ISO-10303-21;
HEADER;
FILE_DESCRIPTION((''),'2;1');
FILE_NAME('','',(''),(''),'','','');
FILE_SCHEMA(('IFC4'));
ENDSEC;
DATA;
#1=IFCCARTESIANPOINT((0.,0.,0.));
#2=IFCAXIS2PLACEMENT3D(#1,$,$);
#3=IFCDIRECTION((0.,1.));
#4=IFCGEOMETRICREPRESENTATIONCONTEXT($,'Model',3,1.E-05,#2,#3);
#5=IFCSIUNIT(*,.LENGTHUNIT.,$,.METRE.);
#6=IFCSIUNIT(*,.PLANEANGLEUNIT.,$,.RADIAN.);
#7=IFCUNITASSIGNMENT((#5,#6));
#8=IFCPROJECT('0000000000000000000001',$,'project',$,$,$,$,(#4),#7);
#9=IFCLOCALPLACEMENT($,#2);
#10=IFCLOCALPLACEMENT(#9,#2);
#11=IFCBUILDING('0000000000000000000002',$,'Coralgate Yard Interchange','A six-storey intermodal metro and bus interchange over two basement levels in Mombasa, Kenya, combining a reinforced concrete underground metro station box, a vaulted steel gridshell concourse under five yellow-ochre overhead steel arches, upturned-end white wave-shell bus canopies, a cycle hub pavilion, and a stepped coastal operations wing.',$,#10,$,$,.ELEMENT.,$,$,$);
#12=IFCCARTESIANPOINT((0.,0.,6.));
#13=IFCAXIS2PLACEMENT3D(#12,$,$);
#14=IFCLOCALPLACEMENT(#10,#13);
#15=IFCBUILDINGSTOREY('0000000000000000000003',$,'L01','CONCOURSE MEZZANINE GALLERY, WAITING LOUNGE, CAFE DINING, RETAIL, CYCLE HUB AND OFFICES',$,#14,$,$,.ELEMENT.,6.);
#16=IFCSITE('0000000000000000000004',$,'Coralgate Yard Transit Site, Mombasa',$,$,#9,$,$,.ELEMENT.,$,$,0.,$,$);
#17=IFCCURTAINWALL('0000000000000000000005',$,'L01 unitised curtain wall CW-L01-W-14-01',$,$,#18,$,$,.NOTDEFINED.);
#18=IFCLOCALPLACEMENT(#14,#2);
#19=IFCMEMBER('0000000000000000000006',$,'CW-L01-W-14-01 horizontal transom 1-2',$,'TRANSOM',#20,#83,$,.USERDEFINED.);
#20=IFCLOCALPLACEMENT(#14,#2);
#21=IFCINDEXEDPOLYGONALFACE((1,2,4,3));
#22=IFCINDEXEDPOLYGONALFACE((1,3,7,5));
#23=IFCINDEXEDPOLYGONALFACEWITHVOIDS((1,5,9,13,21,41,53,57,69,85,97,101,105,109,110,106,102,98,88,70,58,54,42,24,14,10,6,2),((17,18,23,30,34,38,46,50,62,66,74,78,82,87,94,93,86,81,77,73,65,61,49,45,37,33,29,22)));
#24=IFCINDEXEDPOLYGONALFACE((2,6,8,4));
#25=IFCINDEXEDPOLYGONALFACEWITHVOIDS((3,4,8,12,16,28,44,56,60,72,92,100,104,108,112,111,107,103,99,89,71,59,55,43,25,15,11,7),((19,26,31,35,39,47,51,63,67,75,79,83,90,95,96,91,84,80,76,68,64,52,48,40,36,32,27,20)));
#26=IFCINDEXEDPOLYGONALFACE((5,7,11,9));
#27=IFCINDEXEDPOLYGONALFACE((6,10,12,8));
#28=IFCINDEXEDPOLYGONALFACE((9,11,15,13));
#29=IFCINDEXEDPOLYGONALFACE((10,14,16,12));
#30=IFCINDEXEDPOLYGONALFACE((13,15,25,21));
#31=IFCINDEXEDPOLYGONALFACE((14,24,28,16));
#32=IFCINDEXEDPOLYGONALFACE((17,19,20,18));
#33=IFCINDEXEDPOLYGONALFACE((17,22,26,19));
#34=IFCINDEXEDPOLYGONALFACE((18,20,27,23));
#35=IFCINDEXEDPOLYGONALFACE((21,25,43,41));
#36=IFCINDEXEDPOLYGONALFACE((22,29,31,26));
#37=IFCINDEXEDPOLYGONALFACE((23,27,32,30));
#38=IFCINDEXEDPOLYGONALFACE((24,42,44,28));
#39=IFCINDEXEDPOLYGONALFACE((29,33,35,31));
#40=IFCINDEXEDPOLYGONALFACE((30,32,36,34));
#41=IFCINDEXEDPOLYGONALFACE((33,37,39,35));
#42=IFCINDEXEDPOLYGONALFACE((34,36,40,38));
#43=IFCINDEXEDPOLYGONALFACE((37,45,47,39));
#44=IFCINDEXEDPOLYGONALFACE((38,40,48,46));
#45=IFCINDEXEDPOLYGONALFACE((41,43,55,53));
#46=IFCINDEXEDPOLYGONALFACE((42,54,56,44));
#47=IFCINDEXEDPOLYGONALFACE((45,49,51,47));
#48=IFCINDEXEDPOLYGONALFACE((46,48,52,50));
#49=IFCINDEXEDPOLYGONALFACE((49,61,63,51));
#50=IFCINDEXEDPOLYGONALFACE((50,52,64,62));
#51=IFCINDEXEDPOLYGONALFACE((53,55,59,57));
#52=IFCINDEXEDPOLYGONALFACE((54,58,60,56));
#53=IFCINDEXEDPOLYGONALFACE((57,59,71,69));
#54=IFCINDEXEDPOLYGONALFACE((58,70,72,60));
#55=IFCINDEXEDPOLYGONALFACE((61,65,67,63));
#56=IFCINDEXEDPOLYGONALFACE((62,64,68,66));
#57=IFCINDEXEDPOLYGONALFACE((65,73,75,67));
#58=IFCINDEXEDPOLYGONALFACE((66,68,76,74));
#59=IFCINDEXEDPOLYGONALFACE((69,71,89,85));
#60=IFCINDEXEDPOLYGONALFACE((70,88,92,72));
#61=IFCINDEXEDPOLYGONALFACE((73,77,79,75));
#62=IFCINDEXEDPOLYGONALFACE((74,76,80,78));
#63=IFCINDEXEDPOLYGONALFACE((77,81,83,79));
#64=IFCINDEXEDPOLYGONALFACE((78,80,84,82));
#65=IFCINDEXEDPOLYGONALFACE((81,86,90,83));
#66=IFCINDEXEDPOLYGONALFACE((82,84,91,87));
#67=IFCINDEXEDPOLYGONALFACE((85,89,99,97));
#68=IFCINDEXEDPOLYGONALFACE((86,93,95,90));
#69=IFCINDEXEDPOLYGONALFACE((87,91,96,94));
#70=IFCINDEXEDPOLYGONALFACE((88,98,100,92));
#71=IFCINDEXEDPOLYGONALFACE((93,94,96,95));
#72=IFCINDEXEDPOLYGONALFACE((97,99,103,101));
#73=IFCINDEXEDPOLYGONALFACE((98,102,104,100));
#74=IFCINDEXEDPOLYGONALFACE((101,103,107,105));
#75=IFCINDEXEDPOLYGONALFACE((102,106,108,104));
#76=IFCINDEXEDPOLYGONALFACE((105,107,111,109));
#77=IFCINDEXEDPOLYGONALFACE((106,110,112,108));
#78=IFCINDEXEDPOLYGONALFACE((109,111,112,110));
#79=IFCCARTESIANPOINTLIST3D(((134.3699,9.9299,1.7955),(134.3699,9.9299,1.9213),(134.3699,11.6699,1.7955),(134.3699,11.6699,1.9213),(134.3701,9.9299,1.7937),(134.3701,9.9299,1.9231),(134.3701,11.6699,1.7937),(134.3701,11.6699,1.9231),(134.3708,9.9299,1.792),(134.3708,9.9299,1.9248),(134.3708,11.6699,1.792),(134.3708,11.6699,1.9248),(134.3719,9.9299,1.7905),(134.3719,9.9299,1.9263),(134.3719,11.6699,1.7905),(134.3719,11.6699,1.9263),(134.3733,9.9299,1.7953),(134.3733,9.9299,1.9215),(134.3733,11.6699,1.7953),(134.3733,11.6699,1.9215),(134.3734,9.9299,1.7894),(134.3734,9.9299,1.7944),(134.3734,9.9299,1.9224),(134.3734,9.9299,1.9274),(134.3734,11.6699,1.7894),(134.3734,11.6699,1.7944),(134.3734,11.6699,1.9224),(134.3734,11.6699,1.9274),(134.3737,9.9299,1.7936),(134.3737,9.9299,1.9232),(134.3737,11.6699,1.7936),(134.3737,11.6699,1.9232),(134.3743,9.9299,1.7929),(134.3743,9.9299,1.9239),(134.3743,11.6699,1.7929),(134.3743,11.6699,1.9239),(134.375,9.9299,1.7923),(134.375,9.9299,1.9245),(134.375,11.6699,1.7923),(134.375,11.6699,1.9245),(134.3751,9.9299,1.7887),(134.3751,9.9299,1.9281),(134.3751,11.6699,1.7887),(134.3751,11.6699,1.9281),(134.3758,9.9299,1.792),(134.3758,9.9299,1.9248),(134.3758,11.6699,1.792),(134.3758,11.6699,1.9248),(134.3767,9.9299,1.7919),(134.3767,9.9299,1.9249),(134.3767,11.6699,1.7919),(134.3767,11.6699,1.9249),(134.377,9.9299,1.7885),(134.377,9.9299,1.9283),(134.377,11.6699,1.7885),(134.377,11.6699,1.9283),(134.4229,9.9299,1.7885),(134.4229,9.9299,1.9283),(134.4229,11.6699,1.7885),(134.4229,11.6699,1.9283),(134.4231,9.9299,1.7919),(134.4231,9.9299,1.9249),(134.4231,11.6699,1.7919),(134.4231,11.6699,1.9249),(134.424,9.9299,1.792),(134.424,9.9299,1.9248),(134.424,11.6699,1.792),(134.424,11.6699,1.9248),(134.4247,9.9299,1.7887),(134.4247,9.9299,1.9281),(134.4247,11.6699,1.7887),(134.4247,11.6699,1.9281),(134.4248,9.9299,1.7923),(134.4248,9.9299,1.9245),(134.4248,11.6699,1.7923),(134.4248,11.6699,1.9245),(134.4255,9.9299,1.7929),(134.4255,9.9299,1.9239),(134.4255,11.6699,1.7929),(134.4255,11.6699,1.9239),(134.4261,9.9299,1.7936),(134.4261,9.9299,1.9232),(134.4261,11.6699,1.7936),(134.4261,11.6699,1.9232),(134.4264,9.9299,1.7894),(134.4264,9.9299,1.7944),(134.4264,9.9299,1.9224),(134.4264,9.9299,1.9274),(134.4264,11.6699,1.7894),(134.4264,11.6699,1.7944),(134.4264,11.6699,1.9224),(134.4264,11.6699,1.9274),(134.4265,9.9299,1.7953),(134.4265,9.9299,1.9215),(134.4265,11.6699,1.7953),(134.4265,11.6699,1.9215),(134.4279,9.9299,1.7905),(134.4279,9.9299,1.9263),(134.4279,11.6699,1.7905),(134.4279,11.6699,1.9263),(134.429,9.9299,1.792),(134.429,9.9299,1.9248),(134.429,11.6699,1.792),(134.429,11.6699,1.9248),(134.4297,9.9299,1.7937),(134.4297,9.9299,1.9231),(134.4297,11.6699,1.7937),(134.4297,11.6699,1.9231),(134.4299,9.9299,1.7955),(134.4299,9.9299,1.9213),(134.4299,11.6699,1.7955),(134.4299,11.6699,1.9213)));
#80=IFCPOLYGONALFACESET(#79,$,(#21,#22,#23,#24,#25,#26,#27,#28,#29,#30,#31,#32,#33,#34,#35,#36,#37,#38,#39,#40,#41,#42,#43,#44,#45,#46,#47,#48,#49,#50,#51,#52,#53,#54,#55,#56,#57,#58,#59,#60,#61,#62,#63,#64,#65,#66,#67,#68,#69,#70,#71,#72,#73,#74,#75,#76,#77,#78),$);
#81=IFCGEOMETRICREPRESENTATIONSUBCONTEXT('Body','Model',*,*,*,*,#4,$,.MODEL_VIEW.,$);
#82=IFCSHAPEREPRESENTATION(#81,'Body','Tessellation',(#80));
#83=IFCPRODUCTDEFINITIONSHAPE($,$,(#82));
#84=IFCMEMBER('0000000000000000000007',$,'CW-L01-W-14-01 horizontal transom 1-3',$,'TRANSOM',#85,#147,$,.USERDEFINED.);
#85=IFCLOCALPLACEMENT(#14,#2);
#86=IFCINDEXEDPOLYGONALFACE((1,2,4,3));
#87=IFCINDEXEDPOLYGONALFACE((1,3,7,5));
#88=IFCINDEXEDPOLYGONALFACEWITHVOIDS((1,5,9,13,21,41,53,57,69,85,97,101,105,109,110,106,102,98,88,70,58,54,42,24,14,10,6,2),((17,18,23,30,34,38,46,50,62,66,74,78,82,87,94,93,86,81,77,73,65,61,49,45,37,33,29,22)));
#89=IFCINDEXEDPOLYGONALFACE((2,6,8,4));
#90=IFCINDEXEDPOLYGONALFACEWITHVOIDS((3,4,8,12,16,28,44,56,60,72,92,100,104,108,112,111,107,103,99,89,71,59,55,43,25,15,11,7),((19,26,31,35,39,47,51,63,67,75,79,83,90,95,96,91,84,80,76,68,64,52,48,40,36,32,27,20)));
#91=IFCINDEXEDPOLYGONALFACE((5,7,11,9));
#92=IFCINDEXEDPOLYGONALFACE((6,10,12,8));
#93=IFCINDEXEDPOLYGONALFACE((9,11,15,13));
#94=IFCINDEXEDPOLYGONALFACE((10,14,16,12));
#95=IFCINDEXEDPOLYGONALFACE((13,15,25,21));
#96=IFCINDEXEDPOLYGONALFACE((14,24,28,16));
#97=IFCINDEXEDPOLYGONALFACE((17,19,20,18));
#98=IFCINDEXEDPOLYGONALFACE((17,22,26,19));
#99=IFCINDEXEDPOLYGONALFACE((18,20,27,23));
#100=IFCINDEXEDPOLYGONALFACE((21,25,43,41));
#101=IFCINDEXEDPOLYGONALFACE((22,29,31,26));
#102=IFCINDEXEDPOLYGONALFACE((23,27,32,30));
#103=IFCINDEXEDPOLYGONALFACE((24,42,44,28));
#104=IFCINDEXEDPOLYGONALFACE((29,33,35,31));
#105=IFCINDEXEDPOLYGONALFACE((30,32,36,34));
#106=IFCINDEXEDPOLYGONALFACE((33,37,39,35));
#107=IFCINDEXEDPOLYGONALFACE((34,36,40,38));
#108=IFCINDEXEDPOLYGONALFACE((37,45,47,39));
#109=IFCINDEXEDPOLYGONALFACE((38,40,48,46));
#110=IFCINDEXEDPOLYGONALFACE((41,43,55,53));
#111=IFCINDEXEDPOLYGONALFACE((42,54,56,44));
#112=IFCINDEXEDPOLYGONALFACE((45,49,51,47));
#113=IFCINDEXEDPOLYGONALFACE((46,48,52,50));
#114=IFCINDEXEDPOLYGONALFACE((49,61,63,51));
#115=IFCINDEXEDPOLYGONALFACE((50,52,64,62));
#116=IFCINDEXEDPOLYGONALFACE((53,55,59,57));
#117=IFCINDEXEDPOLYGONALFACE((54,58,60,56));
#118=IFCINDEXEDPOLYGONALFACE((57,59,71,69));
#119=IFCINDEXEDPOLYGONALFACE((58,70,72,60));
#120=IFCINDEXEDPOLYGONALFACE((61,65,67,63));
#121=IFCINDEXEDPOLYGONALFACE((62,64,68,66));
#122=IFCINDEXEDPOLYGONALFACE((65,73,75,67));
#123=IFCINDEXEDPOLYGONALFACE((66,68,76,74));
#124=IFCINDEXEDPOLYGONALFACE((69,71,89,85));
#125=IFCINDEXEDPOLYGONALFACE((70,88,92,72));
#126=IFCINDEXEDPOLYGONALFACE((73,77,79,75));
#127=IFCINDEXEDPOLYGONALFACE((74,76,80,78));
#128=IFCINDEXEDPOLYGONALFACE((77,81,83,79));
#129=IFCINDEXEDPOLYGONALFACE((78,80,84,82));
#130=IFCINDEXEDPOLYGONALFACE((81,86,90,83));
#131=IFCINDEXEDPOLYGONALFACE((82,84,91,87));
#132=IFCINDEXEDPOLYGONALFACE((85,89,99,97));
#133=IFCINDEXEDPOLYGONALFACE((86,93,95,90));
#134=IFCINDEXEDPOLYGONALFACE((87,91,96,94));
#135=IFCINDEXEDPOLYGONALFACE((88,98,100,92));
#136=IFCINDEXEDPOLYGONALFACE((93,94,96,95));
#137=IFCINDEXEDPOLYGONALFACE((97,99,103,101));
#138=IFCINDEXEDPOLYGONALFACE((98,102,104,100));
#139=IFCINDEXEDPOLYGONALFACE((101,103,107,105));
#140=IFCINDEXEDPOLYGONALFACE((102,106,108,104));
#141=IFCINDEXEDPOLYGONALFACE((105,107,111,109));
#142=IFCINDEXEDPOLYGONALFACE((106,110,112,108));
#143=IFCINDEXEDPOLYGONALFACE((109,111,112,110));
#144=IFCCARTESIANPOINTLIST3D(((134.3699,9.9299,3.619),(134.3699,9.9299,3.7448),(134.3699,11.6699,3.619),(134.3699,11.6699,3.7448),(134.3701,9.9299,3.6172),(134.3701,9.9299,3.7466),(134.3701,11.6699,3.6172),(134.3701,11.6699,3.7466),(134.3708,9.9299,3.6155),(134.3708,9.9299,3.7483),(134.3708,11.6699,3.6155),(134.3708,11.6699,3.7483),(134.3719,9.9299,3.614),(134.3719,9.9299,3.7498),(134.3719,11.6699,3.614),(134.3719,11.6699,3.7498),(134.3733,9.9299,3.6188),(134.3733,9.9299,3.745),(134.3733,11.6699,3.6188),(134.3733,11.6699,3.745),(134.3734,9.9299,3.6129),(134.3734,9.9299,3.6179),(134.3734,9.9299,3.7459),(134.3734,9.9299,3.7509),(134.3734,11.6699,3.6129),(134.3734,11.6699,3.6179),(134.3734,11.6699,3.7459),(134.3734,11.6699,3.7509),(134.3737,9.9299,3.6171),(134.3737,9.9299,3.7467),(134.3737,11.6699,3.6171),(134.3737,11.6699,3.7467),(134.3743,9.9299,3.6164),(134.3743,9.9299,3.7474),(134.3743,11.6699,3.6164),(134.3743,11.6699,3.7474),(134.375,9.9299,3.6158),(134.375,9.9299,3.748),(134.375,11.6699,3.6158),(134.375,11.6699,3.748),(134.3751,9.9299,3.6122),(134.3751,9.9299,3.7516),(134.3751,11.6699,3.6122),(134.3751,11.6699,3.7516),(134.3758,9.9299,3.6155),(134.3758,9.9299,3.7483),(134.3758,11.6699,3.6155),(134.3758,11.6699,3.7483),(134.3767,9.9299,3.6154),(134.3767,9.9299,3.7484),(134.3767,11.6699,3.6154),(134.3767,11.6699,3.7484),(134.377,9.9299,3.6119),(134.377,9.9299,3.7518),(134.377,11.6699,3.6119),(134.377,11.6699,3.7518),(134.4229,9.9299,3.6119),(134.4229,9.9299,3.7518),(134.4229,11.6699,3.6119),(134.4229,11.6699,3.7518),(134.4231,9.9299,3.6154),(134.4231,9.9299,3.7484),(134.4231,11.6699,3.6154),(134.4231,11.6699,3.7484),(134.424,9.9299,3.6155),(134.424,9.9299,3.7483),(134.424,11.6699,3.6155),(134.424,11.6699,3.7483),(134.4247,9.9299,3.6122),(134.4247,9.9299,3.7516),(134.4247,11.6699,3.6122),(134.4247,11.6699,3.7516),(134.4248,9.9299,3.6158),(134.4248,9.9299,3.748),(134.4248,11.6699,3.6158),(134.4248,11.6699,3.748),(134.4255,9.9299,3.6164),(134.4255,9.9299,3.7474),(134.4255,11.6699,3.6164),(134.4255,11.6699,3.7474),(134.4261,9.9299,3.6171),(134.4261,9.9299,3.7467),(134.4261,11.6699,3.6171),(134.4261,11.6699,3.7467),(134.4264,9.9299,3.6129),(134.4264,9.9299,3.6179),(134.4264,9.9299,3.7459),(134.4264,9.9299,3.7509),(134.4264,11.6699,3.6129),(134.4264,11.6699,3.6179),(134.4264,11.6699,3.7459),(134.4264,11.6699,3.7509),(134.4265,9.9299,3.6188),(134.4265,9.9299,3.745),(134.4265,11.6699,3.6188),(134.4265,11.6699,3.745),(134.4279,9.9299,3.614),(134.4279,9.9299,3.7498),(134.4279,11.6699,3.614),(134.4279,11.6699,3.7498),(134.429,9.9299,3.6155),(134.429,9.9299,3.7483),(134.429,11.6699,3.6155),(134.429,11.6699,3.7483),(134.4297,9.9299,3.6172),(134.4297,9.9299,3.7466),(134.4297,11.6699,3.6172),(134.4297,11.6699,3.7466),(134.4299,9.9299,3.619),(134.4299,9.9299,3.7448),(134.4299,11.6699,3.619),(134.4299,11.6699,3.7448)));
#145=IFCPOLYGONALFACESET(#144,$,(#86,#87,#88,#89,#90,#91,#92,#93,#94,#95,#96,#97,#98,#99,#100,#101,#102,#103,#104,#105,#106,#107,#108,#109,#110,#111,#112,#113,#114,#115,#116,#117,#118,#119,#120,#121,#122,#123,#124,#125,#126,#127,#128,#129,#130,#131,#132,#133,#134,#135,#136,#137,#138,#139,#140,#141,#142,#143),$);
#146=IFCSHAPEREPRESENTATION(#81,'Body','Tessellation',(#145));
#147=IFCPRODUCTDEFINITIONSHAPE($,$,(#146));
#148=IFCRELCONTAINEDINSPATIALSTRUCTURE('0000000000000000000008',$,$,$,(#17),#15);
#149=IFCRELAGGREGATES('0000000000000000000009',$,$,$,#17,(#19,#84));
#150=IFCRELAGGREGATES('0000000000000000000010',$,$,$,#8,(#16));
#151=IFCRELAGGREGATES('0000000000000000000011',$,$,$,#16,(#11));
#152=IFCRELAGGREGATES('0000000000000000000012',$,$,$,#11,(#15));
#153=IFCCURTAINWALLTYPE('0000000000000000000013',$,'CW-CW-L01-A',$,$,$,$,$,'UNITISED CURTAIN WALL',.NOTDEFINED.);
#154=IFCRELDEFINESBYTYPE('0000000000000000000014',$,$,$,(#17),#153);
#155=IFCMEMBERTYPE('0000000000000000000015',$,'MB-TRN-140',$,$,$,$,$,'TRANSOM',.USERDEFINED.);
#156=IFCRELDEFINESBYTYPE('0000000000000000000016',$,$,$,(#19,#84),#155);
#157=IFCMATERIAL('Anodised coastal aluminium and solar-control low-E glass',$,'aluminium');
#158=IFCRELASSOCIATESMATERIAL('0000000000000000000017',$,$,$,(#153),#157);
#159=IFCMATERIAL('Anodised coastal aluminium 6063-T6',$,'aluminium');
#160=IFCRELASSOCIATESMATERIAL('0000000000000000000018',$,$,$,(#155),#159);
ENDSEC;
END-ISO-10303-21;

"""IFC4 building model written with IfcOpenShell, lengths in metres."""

from ifc_helpers import new_model, si_unit, direction, frame, origin, origin_2d, place, context, subcontext, project, spatial, hollow_rectangle, extrude, material, material_profile, profile_set, type_object, element, aggregate, save


model = new_model("IFC4")

# Units and contexts
model_context = context("Model", 3, precision=1e-05, world=origin(), true_north=direction((0.0, 1.0)))
body_context = subcontext(model_context, "Body", "Model", "MODEL_VIEW")
ifc_project = project(units=[si_unit("LENGTHUNIT", "METRE"), si_unit("PLANEANGLEUNIT", "RADIAN")], contexts=[model_context])

# Site, building, storey
site_placement = place(None, origin())
site = spatial("IfcSite", under=ifc_project, at=site_placement, Name="Coralgate Yard Transit Site, Mombasa", CompositionType="ELEMENT", RefElevation=0.0)
building_placement = place(site_placement, origin())
building = spatial("IfcBuilding", under=site, at=building_placement, Name="Coralgate Yard Interchange", Description="A six-storey intermodal metro and bus interchange over two basement levels in Mombasa, Kenya, combining a reinforced concrete underground metro station box, a vaulted steel gridshell concourse under five yellow-ochre overhead steel arches, upturned-end white wave-shell bus canopies, a cycle hub pavilion, and a stepped coastal operations wing.", CompositionType="ELEMENT")
storey_placement = place(building_placement, frame((0.0, 0.0, 6.0)))
storey = spatial("IfcBuildingStorey", under=building, at=storey_placement, Name="L01", Description="CONCOURSE MEZZANINE GALLERY, WAITING LOUNGE, CAFE DINING, RETAIL, CYCLE HUB AND OFFICES", CompositionType="ELEMENT", Elevation=6.0)

# Curtain wall, members
ifc_material_1 = material(Name="Anodised coastal aluminium and solar-control low-E glass", Category="aluminium")
curtain_wall_type = type_object("IfcCurtainWallType", Name="CW-CW-L01-A", ElementType="UNITISED CURTAIN WALL", PredefinedType="NOTDEFINED", material=ifc_material_1)
curtain_wall_placement = place(storey_placement, origin())
curtain_wall = element("IfcCurtainWall", 1, at=curtain_wall_placement, inside=storey, type_object=curtain_wall_type, Name="L01 unitised curtain wall CW-L01-W-14-01", PredefinedType="NOTDEFINED")
ifc_material_2 = material(Name="Anodised coastal aluminium 6063-T6", Category="aluminium")
ifc_material_profile_1 = material_profile(ifc_material_2, hollow_rectangle(XDim=0.0601, YDim=0.1399, WallThickness=0.0034, InnerFilletRadius=0.0034, OuterFilletRadius=0.0071, at=origin_2d()), Name="ALU 60x140x3.5")
ifc_profile_set_1 = profile_set([ifc_material_profile_1], Name="Anodised coastal aluminium 6063-T6")
member_type_1 = type_object("IfcMemberType", Name="MB-TRN-140", ElementType="TRANSOM", PredefinedType="USERDEFINED", material=ifc_profile_set_1)
member_1_placement = place(storey_placement, frame((134.3999, 9.9299, 1.8584), z_axis=(0.0, 1.0, 0.0), x_axis=(-1.0, 0.0, 0.0)))
member_1 = element("IfcMember", 2, at=member_1_placement, type_object=member_type_1, Name="CW-L01-W-14-01 horizontal transom 1-2", ObjectType="TRANSOM", PredefinedType="USERDEFINED", context=body_context, shape_type="SweptSolid", body=[
    extrude(hollow_rectangle(XDim=0.0601, YDim=0.1399, WallThickness=0.0034, InnerFilletRadius=0.0034, OuterFilletRadius=0.0071, at=origin_2d()), origin(), (0.0, 0.0, 1.0), 1.74),
])
member_2_placement = place(storey_placement, frame((134.3999, 9.9299, 3.6819), z_axis=(0.0, 1.0, 0.0), x_axis=(-1.0, 0.0, 0.0)))
member_2 = element("IfcMember", 3, at=member_2_placement, type_object=member_type_1, Name="CW-L01-W-14-01 horizontal transom 1-3", ObjectType="TRANSOM", PredefinedType="USERDEFINED", context=body_context, shape_type="SweptSolid", body=[
    extrude(hollow_rectangle(XDim=0.0601, YDim=0.1399, WallThickness=0.0034, InnerFilletRadius=0.0034, OuterFilletRadius=0.0071, at=origin_2d()), origin(), (0.0, 0.0, 1.0), 1.74),
])
aggregate(curtain_wall, [member_1, member_2])

save(model, "model.ifc")
